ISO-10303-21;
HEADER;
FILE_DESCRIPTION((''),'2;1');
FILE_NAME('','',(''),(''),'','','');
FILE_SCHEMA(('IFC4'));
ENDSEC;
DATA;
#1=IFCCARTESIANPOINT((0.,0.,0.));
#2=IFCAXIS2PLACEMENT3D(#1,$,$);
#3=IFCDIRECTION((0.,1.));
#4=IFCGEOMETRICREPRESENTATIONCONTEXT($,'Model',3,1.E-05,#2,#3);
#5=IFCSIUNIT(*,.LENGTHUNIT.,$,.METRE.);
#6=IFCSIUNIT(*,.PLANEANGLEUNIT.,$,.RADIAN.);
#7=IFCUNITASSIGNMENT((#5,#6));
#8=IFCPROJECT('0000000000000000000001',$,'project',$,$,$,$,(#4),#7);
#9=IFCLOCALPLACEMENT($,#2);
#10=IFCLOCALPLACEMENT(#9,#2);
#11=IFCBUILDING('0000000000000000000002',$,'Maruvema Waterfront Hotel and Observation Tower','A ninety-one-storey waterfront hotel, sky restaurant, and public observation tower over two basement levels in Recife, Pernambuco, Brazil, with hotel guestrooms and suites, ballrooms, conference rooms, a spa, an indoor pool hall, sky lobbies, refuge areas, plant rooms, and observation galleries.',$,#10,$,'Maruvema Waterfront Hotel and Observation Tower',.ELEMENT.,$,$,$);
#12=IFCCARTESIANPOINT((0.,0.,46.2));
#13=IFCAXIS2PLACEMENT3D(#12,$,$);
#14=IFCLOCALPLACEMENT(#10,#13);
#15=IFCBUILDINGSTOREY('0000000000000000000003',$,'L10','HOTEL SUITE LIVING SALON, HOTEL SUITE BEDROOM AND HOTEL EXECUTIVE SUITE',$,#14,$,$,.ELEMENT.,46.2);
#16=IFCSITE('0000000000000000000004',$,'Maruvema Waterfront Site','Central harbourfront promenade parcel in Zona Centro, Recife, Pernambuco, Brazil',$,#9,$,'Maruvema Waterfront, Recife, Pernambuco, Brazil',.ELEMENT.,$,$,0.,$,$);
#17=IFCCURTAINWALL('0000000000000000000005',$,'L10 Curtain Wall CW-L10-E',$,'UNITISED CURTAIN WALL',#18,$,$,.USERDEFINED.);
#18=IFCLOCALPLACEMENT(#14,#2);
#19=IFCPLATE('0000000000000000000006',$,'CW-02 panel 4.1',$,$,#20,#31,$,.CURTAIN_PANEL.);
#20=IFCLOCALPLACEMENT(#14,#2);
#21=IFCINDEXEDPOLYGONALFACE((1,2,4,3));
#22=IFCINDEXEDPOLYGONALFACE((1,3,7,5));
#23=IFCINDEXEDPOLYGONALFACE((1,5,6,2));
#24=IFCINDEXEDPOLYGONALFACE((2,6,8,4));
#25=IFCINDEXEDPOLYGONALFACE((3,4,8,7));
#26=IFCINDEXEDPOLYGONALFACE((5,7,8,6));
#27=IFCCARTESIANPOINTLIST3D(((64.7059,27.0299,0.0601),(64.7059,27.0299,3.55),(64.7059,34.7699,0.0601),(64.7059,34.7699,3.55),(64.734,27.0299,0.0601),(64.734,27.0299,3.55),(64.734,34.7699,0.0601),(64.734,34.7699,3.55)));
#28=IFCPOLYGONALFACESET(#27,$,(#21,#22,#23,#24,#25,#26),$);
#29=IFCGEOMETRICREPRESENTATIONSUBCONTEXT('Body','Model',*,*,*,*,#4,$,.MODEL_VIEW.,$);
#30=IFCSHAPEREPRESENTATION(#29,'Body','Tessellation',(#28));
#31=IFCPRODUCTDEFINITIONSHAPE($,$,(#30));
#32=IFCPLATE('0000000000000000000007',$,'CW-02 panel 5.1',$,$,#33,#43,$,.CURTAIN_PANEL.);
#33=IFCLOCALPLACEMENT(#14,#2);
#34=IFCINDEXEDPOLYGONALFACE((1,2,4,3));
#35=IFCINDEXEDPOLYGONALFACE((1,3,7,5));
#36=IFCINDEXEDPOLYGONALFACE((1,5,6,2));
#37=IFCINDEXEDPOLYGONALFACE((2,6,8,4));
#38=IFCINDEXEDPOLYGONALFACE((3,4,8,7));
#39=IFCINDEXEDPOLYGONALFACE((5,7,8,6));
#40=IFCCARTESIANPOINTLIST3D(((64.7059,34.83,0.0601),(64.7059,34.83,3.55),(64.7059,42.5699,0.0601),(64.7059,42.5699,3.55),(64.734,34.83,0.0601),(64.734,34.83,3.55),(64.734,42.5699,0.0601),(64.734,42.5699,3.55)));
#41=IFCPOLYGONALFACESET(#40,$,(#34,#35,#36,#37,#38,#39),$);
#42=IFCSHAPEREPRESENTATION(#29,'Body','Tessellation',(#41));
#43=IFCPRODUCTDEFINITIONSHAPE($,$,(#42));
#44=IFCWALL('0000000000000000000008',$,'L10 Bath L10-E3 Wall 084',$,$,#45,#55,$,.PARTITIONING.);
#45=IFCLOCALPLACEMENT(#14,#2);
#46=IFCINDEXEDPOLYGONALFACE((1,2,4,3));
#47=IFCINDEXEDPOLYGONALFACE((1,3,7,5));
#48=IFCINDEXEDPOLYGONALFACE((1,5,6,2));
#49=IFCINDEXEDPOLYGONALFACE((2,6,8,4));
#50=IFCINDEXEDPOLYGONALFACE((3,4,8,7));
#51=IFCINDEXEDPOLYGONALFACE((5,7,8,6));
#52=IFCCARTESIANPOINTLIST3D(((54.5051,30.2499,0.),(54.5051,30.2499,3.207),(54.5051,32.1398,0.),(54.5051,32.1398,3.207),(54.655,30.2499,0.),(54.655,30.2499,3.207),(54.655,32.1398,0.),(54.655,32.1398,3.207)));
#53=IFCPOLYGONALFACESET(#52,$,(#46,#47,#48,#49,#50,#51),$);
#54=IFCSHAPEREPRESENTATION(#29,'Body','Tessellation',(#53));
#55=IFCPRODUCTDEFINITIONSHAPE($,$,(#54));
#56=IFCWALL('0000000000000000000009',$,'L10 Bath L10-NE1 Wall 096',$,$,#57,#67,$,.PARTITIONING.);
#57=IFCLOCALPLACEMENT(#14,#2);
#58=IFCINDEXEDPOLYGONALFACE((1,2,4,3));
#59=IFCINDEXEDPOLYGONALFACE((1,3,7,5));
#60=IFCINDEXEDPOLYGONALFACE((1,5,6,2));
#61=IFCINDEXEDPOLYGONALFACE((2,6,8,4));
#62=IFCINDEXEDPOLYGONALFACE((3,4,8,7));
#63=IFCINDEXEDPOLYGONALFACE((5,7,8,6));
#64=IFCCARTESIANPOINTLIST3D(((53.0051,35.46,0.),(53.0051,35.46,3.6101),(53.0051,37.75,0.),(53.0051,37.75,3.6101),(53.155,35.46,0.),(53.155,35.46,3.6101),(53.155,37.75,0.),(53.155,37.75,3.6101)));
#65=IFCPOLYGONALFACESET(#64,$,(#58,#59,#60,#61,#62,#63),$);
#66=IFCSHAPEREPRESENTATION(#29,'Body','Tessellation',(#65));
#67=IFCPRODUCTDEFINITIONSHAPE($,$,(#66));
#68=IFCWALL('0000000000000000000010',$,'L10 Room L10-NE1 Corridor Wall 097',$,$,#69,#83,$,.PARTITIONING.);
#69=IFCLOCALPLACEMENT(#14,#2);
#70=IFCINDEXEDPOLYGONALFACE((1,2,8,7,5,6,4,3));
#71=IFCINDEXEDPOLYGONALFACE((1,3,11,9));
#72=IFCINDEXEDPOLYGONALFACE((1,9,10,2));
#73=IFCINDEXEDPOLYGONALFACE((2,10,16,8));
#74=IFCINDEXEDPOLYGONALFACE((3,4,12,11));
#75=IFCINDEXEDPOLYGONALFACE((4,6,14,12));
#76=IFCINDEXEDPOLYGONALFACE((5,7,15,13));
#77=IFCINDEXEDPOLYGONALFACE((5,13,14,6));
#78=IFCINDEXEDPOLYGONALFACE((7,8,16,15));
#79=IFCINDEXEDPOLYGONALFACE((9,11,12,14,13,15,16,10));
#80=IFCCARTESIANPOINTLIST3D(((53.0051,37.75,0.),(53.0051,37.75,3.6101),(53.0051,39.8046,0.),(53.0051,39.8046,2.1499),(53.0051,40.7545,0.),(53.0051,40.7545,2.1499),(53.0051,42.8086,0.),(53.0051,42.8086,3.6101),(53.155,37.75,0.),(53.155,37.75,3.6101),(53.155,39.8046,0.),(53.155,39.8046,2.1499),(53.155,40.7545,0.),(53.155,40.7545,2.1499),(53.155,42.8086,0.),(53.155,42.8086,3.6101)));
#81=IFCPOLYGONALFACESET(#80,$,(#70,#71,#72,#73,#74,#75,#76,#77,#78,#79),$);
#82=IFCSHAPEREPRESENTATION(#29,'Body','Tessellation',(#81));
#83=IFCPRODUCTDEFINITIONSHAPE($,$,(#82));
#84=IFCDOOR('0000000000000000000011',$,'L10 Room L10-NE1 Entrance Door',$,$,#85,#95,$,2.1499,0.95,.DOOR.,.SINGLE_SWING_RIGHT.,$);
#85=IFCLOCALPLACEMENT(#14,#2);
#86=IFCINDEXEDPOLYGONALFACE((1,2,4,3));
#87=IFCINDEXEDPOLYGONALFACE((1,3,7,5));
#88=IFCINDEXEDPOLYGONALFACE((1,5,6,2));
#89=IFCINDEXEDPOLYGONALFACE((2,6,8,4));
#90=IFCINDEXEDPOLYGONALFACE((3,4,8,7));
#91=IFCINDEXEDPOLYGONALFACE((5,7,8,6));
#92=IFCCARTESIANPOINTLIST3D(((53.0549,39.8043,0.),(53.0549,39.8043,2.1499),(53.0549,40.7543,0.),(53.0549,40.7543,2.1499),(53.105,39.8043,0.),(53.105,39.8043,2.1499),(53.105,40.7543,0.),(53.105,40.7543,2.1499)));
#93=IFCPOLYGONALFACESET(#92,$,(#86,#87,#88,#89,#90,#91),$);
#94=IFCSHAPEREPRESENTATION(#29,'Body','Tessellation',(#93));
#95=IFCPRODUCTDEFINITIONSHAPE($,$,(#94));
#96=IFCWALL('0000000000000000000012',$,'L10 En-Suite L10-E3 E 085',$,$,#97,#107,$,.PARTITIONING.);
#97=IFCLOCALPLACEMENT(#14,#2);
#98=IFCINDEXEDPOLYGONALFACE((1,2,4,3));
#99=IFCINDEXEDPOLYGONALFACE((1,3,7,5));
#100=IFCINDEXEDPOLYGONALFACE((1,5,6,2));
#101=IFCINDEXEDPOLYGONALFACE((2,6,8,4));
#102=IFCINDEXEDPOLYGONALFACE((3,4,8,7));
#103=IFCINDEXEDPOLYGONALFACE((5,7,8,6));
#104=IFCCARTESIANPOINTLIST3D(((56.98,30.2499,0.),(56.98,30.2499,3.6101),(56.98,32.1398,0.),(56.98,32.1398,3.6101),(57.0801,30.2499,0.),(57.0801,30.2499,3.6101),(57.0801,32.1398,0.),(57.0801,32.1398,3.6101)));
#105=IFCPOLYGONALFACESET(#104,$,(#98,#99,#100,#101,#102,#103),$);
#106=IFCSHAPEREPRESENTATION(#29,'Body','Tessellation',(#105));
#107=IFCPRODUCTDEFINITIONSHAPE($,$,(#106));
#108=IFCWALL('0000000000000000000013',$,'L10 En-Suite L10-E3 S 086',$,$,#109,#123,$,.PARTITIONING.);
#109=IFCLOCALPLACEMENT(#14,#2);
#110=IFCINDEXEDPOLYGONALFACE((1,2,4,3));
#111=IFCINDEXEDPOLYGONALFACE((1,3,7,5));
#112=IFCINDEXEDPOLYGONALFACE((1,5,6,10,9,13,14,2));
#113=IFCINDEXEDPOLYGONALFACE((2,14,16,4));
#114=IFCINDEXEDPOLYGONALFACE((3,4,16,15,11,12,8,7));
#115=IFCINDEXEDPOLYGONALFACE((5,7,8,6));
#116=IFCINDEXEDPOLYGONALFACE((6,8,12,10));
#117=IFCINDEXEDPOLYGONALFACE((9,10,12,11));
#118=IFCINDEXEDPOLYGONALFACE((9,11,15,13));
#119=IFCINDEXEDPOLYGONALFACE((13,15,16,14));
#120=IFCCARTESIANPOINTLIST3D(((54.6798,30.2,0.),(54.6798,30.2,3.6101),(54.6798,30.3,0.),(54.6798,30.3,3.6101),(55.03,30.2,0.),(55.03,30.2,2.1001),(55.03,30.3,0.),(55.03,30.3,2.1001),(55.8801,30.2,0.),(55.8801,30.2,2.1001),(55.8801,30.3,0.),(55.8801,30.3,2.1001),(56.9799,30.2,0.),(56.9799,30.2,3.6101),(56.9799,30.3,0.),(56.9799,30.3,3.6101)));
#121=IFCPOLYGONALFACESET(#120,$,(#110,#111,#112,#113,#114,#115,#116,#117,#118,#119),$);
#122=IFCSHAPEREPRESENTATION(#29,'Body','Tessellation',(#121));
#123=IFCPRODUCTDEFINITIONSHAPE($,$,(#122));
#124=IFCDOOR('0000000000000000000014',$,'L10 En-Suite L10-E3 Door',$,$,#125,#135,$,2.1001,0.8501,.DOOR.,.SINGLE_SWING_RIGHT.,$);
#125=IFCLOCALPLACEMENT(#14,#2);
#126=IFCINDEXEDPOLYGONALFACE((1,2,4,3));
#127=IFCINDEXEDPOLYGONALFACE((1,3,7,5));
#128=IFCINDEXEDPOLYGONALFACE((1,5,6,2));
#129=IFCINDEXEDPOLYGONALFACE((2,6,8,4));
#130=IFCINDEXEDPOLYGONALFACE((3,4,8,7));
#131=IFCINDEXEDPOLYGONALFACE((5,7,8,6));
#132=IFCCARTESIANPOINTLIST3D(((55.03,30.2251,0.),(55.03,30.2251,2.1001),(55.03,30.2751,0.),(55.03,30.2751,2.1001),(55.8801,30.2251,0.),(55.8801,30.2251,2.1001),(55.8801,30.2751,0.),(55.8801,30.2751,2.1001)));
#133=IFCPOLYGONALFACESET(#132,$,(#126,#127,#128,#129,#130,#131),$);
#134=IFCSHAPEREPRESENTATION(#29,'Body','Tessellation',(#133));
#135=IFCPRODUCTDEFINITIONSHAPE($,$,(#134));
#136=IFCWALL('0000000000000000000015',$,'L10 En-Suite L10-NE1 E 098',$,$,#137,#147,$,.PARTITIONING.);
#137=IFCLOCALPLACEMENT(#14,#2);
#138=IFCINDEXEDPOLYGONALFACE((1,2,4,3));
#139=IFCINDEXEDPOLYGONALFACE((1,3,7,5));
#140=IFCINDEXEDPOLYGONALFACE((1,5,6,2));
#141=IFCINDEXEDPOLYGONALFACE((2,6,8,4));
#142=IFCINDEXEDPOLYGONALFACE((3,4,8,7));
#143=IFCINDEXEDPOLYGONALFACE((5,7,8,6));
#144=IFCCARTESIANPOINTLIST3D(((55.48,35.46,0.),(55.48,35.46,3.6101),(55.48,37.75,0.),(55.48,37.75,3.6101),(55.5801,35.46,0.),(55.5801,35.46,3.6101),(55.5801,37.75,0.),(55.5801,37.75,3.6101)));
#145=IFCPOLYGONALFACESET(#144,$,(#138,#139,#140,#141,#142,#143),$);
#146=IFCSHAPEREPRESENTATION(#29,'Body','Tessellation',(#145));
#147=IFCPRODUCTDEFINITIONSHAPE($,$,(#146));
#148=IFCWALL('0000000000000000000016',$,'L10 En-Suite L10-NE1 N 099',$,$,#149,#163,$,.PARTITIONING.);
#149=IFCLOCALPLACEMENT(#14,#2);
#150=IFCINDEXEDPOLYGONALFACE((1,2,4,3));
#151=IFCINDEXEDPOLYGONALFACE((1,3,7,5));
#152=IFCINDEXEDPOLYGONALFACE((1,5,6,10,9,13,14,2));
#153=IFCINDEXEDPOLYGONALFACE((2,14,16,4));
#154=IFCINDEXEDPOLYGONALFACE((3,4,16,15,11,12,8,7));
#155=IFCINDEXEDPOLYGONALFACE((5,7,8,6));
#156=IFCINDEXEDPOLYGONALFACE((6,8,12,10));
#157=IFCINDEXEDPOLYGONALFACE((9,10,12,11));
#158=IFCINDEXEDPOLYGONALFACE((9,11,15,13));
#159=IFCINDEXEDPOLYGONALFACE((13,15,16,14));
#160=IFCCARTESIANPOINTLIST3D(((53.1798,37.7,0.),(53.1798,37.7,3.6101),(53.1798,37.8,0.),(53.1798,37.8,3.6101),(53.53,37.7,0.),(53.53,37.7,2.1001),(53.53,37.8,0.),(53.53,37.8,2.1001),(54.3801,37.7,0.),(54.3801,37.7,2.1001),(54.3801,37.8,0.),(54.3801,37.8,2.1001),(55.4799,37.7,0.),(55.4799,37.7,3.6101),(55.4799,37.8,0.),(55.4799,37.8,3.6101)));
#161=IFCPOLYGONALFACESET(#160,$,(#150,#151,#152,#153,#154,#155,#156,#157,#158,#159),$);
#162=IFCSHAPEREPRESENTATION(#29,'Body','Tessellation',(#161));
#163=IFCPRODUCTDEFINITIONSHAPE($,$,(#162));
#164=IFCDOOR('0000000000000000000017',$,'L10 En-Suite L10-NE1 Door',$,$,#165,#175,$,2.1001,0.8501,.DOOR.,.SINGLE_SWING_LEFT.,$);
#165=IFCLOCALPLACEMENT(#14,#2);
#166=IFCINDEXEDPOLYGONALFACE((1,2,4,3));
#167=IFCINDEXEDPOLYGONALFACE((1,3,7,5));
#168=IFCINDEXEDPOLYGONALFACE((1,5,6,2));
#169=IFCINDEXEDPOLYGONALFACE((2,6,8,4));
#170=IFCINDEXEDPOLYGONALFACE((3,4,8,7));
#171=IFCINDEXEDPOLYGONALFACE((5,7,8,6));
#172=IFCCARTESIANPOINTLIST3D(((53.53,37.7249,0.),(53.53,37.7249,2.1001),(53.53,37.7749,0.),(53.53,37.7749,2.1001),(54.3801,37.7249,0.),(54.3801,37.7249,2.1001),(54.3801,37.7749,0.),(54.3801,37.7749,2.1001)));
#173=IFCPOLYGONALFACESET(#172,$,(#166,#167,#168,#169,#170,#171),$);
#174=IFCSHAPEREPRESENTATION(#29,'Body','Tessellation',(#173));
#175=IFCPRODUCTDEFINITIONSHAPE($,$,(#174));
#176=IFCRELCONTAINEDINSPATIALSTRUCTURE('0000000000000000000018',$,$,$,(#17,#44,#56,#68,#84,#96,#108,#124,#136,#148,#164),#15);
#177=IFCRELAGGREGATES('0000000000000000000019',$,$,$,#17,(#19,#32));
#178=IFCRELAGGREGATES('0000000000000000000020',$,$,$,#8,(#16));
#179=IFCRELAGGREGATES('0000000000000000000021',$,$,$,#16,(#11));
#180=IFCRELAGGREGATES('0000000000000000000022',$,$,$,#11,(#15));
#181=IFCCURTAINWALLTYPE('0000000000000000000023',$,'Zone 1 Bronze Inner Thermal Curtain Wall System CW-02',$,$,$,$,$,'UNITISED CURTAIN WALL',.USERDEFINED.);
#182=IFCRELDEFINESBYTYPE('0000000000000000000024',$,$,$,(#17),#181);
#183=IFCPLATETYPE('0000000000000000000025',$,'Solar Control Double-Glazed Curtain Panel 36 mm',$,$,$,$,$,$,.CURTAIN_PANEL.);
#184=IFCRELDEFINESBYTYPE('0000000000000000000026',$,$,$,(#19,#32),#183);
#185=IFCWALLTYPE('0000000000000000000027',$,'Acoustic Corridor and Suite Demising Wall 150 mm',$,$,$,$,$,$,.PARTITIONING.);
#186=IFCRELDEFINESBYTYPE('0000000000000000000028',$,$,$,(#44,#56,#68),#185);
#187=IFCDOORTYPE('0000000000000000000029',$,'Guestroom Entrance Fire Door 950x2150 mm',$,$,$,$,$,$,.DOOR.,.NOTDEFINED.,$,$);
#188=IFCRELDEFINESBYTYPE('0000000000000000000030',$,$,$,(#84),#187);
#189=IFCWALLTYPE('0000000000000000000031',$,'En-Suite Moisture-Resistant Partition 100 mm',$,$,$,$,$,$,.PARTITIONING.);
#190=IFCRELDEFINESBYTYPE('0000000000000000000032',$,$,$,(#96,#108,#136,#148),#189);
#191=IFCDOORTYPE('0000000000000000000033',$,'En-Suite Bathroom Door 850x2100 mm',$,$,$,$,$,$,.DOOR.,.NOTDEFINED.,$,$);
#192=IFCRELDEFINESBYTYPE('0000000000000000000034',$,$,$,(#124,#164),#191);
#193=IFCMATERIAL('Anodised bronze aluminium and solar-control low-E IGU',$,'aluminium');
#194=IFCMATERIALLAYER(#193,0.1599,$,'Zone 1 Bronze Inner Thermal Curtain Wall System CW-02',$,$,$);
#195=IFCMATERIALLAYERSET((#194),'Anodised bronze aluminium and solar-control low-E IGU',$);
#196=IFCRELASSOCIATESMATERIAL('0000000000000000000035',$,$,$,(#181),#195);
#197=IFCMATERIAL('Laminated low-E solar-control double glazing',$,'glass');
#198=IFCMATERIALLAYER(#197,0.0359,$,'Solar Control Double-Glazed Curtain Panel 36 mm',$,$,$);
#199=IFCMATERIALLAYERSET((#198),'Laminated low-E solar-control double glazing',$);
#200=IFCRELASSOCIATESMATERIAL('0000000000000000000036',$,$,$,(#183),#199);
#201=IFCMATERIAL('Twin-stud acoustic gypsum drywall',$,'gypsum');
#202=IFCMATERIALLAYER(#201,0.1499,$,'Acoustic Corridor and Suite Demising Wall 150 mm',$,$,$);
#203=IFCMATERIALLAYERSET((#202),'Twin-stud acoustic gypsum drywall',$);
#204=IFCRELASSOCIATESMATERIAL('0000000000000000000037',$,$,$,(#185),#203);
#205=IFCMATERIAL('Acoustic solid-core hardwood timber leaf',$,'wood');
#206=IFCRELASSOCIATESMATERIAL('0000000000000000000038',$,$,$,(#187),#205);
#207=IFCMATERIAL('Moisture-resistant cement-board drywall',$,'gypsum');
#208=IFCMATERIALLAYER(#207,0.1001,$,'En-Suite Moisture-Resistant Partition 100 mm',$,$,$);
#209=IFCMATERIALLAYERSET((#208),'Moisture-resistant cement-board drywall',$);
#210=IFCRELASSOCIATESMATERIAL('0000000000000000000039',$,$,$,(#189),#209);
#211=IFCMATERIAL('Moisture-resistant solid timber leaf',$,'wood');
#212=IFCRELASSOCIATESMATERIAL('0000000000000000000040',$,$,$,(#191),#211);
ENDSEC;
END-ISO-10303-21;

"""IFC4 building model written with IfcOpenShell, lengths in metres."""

from ifc_helpers import new_model, si_unit, direction, frame, frame_2d, origin, origin_2d, place, context, subcontext, project, spatial, rectangle, extrude, material, layer, layer_set, type_object, element, fill, aggregate, save


model = new_model("IFC4")

# Units and contexts
model_context = context("Model", 3, precision=1e-05, world=origin(), true_north=direction((0.0, 1.0)))
body_context = subcontext(model_context, "Body", "Model", "MODEL_VIEW")
ifc_project = project(units=[si_unit("LENGTHUNIT", "METRE"), si_unit("PLANEANGLEUNIT", "RADIAN")], contexts=[model_context])

# Site, building, storey
site_placement = place(None, origin())
site = spatial("IfcSite", under=ifc_project, at=site_placement, Name="Maruvema Waterfront Site", Description="Central harbourfront promenade parcel in Zona Centro, Recife, Pernambuco, Brazil", LongName="Maruvema Waterfront, Recife, Pernambuco, Brazil", CompositionType="ELEMENT", RefElevation=0.0)
building_placement = place(site_placement, origin())
building = spatial("IfcBuilding", under=site, at=building_placement, Name="Maruvema Waterfront Hotel and Observation Tower", Description="A ninety-one-storey waterfront hotel, sky restaurant, and public observation tower over two basement levels in Recife, Pernambuco, Brazil, with hotel guestrooms and suites, ballrooms, conference rooms, a spa, an indoor pool hall, sky lobbies, refuge areas, plant rooms, and observation galleries.", LongName="Maruvema Waterfront Hotel and Observation Tower", CompositionType="ELEMENT")
storey_placement = place(building_placement, frame((0.0, 0.0, 46.2)))
storey = spatial("IfcBuildingStorey", under=building, at=storey_placement, Name="L10", Description="HOTEL SUITE LIVING SALON, HOTEL SUITE BEDROOM AND HOTEL EXECUTIVE SUITE", CompositionType="ELEMENT", Elevation=46.2)

# Curtain wall
ifc_material_1 = material(Name="Anodised bronze aluminium and solar-control low-E IGU", Category="aluminium")
ifc_layer_1 = layer(ifc_material_1, 0.1599, Name="Zone 1 Bronze Inner Thermal Curtain Wall System CW-02")
ifc_layer_set_1 = layer_set([ifc_layer_1], Name="Anodised bronze aluminium and solar-control low-E IGU")
curtain_wall_type = type_object("IfcCurtainWallType", Name="Zone 1 Bronze Inner Thermal Curtain Wall System CW-02", ElementType="UNITISED CURTAIN WALL", PredefinedType="USERDEFINED", material=ifc_layer_set_1)
curtain_wall_placement = place(storey_placement, origin())
curtain_wall = element("IfcCurtainWall", 1, at=curtain_wall_placement, inside=storey, type_object=curtain_wall_type, Name="L10 Curtain Wall CW-L10-E", ObjectType="UNITISED CURTAIN WALL", PredefinedType="USERDEFINED")

# Plates
ifc_material_2 = material(Name="Laminated low-E solar-control double glazing", Category="glass")
ifc_layer_2 = layer(ifc_material_2, 0.0359, Name="Solar Control Double-Glazed Curtain Panel 36 mm")
ifc_layer_set_2 = layer_set([ifc_layer_2], Name="Laminated low-E solar-control double glazing")
plate_type = type_object("IfcPlateType", Name="Solar Control Double-Glazed Curtain Panel 36 mm", PredefinedType="CURTAIN_PANEL", material=ifc_layer_set_2)
plate_1_placement = place(storey_placement, frame((64.72, 30.8999, 0.0601), z_axis=(0.0, 0.0, 1.0), x_axis=(0.0, 1.0, 0.0)))
plate_1 = element("IfcPlate", 2, at=plate_1_placement, type_object=plate_type, Name="CW-02 panel 4.1", PredefinedType="CURTAIN_PANEL", context=body_context, shape_type="SweptSolid", body=[
    extrude(rectangle(XDim=7.74, YDim=0.0281, at=origin_2d()), origin(), (0.0, 0.0, 1.0), 3.49),
])
plate_2_placement = place(storey_placement, frame((64.72, 38.7, 0.0601), z_axis=(0.0, 0.0, 1.0), x_axis=(0.0, 1.0, 0.0)))
plate_2 = element("IfcPlate", 3, at=plate_2_placement, type_object=plate_type, Name="CW-02 panel 5.1", PredefinedType="CURTAIN_PANEL", context=body_context, shape_type="SweptSolid", body=[
    extrude(rectangle(XDim=7.74, YDim=0.0281, at=origin_2d()), origin(), (0.0, 0.0, 1.0), 3.49),
])
aggregate(curtain_wall, [plate_1, plate_2])

# Walls
ifc_material_3 = material(Name="Twin-stud acoustic gypsum drywall", Category="gypsum")
ifc_layer_3 = layer(ifc_material_3, 0.1499, Name="Acoustic Corridor and Suite Demising Wall 150 mm")
ifc_layer_set_3 = layer_set([ifc_layer_3], Name="Twin-stud acoustic gypsum drywall")
wall_type_1 = type_object("IfcWallType", Name="Acoustic Corridor and Suite Demising Wall 150 mm", PredefinedType="PARTITIONING", material=ifc_layer_set_3)
wall_1_placement = place(storey_placement, frame((54.5801, 30.25, 0.0), z_axis=(0.0, 0.0, 1.0), x_axis=(0.0, 1.0, 0.0)))
element("IfcWall", 4, at=wall_1_placement, inside=storey, type_object=wall_type_1, Name="L10 Bath L10-E3 Wall 084", PredefinedType="PARTITIONING", context=body_context, shape_type="SweptSolid", body=[
    extrude(rectangle(XDim=1.8899, YDim=0.1499, at=frame_2d((0.9448, 0.0))), origin(), (0.0, 0.0, 1.0), 3.207),
])
wall_2_placement = place(storey_placement, frame((53.0801, 35.46, 0.0), z_axis=(0.0, 0.0, 1.0), x_axis=(0.0, 1.0, 0.0)))
element("IfcWall", 5, at=wall_2_placement, inside=storey, type_object=wall_type_1, Name="L10 Bath L10-NE1 Wall 096", PredefinedType="PARTITIONING", context=body_context, shape_type="SweptSolid", body=[
    extrude(rectangle(XDim=2.29, YDim=0.1499, at=frame_2d((1.145, 0.0))), origin(), (0.0, 0.0, 1.0), 3.6101),
])

# Wall, opening, door
wall_3_placement = place(storey_placement, frame((53.0801, 37.75, 0.0), z_axis=(0.0, 0.0, 1.0), x_axis=(0.0, 1.0, 0.0)))
wall_3 = element("IfcWall", 6, at=wall_3_placement, inside=storey, type_object=wall_type_1, Name="L10 Room L10-NE1 Corridor Wall 097", PredefinedType="PARTITIONING", context=body_context, shape_type="SweptSolid", body=[
    extrude(rectangle(XDim=5.0586, YDim=0.1499, at=frame_2d((2.5293, 0.0))), origin(), (0.0, 0.0, 1.0), 3.6101),
])
opening_1_placement = place(wall_3_placement, frame((2.0544, 0.0, 0.0)))
opening_1 = element("IfcOpeningElement", 7, at=opening_1_placement, cuts=wall_3, PredefinedType="OPENING", context=body_context, shape_type="SweptSolid", body=[
    extrude(rectangle(XDim=0.95, YDim=2.1499, at=frame_2d((0.4751, 1.075))), frame((0.0, 0.085, 0.0), z_axis=(0.0, -1.0, 0.0), x_axis=(1.0, 0.0, 0.0)), (0.0, 0.0, 1.0), 0.1699),
])
ifc_material_4 = material(Name="Acoustic solid-core hardwood timber leaf", Category="wood")
door_type_1 = type_object("IfcDoorType", Name="Guestroom Entrance Fire Door 950x2150 mm", OperationType="NOTDEFINED", PredefinedType="DOOR", material=ifc_material_4)
door_1_placement = place(opening_1_placement, frame((0.95, 0.0, 0.0), z_axis=(0.0, 0.0, 1.0), x_axis=(-1.0, 0.0, 0.0)))
door_1 = element("IfcDoor", 8, at=door_1_placement, inside=storey, type_object=door_type_1, Name="L10 Room L10-NE1 Entrance Door", OperationType="SINGLE_SWING_RIGHT", OverallHeight=2.1499, OverallWidth=0.95, PredefinedType="DOOR", context=body_context, shape_type="SweptSolid", body=[
    extrude(rectangle(XDim=0.95, YDim=2.1499, at=frame_2d((0.4751, 1.075))), frame((0.0, 0.0249, 0.0), z_axis=(0.0, -1.0, 0.0), x_axis=(1.0, 0.0, 0.0)), (0.0, 0.0, 1.0), 0.05),
])
fill(opening_1, door_1)

# Wall
ifc_material_5 = material(Name="Moisture-resistant cement-board drywall", Category="gypsum")
ifc_layer_4 = layer(ifc_material_5, 0.1001, Name="En-Suite Moisture-Resistant Partition 100 mm")
ifc_layer_set_4 = layer_set([ifc_layer_4], Name="Moisture-resistant cement-board drywall")
wall_type_2 = type_object("IfcWallType", Name="En-Suite Moisture-Resistant Partition 100 mm", PredefinedType="PARTITIONING", material=ifc_layer_set_4)
wall_4_placement = place(storey_placement, frame((57.03, 30.25, 0.0), z_axis=(0.0, 0.0, 1.0), x_axis=(0.0, 1.0, 0.0)))
element("IfcWall", 9, at=wall_4_placement, inside=storey, type_object=wall_type_2, Name="L10 En-Suite L10-E3 E 085", PredefinedType="PARTITIONING", context=body_context, shape_type="SweptSolid", body=[
    extrude(rectangle(XDim=1.8899, YDim=0.1001, at=frame_2d((0.9448, 0.0))), origin(), (0.0, 0.0, 1.0), 3.6101),
])

# Wall, opening, door
wall_5_placement = place(storey_placement, frame((54.6799, 30.25, 0.0), z_axis=(0.0, 0.0, 1.0), x_axis=(1.0, 0.0, 0.0)))
wall_5 = element("IfcWall", 10, at=wall_5_placement, inside=storey, type_object=wall_type_2, Name="L10 En-Suite L10-E3 S 086", PredefinedType="PARTITIONING", context=body_context, shape_type="SweptSolid", body=[
    extrude(rectangle(XDim=2.3, YDim=0.1001, at=frame_2d((1.1499, 0.0))), origin(), (0.0, 0.0, 1.0), 3.6101),
])
opening_2_placement = place(wall_5_placement, frame((0.3501, 0.0, 0.0)))
opening_2 = element("IfcOpeningElement", 11, at=opening_2_placement, cuts=wall_5, PredefinedType="OPENING", context=body_context, shape_type="SweptSolid", body=[
    extrude(rectangle(XDim=0.8501, YDim=2.1001, at=frame_2d((0.425, 1.05))), frame((0.0, 0.0601, 0.0), z_axis=(0.0, -1.0, 0.0), x_axis=(1.0, 0.0, 0.0)), (0.0, 0.0, 1.0), 0.1201),
])
ifc_material_6 = material(Name="Moisture-resistant solid timber leaf", Category="wood")
door_type_2 = type_object("IfcDoorType", Name="En-Suite Bathroom Door 850x2100 mm", OperationType="NOTDEFINED", PredefinedType="DOOR", material=ifc_material_6)
door_2_placement = place(opening_2_placement, frame((0.8501, 0.0, 0.0), z_axis=(0.0, 0.0, 1.0), x_axis=(-1.0, 0.0, 0.0)))
door_2 = element("IfcDoor", 12, at=door_2_placement, inside=storey, type_object=door_type_2, Name="L10 En-Suite L10-E3 Door", OperationType="SINGLE_SWING_RIGHT", OverallHeight=2.1001, OverallWidth=0.8501, PredefinedType="DOOR", context=body_context, shape_type="SweptSolid", body=[
    extrude(rectangle(XDim=0.8501, YDim=2.1001, at=frame_2d((0.425, 1.05))), frame((0.0, 0.0249, 0.0), z_axis=(0.0, -1.0, 0.0), x_axis=(1.0, 0.0, 0.0)), (0.0, 0.0, 1.0), 0.05),
])
fill(opening_2, door_2)

# Wall
wall_6_placement = place(storey_placement, frame((55.53, 35.46, 0.0), z_axis=(0.0, 0.0, 1.0), x_axis=(0.0, 1.0, 0.0)))
element("IfcWall", 13, at=wall_6_placement, inside=storey, type_object=wall_type_2, Name="L10 En-Suite L10-NE1 E 098", PredefinedType="PARTITIONING", context=body_context, shape_type="SweptSolid", body=[
    extrude(rectangle(XDim=2.29, YDim=0.1001, at=frame_2d((1.145, 0.0))), origin(), (0.0, 0.0, 1.0), 3.6101),
])

# Wall, opening, door
wall_7_placement = place(storey_placement, frame((53.1799, 37.75, 0.0), z_axis=(0.0, 0.0, 1.0), x_axis=(1.0, 0.0, 0.0)))
wall_7 = element("IfcWall", 14, at=wall_7_placement, inside=storey, type_object=wall_type_2, Name="L10 En-Suite L10-NE1 N 099", PredefinedType="PARTITIONING", context=body_context, shape_type="SweptSolid", body=[
    extrude(rectangle(XDim=2.3, YDim=0.1001, at=frame_2d((1.1499, 0.0))), origin(), (0.0, 0.0, 1.0), 3.6101),
])
opening_3_placement = place(wall_7_placement, frame((0.3501, 0.0, 0.0)))
opening_3 = element("IfcOpeningElement", 15, at=opening_3_placement, cuts=wall_7, PredefinedType="OPENING", context=body_context, shape_type="SweptSolid", body=[
    extrude(rectangle(XDim=0.8501, YDim=2.1001, at=frame_2d((0.425, 1.05))), frame((0.0, 0.0601, 0.0), z_axis=(0.0, -1.0, 0.0), x_axis=(1.0, 0.0, 0.0)), (0.0, 0.0, 1.0), 0.1201),
])
door_3_placement = place(opening_3_placement, origin())
door_3 = element("IfcDoor", 16, at=door_3_placement, inside=storey, type_object=door_type_2, Name="L10 En-Suite L10-NE1 Door", OperationType="SINGLE_SWING_LEFT", OverallHeight=2.1001, OverallWidth=0.8501, PredefinedType="DOOR", context=body_context, shape_type="SweptSolid", body=[
    extrude(rectangle(XDim=0.8501, YDim=2.1001, at=frame_2d((0.425, 1.05))), frame((0.0, 0.0249, 0.0), z_axis=(0.0, -1.0, 0.0), x_axis=(1.0, 0.0, 0.0)), (0.0, 0.0, 1.0), 0.05),
])
fill(opening_3, door_3)

save(model, "model.ifc")
